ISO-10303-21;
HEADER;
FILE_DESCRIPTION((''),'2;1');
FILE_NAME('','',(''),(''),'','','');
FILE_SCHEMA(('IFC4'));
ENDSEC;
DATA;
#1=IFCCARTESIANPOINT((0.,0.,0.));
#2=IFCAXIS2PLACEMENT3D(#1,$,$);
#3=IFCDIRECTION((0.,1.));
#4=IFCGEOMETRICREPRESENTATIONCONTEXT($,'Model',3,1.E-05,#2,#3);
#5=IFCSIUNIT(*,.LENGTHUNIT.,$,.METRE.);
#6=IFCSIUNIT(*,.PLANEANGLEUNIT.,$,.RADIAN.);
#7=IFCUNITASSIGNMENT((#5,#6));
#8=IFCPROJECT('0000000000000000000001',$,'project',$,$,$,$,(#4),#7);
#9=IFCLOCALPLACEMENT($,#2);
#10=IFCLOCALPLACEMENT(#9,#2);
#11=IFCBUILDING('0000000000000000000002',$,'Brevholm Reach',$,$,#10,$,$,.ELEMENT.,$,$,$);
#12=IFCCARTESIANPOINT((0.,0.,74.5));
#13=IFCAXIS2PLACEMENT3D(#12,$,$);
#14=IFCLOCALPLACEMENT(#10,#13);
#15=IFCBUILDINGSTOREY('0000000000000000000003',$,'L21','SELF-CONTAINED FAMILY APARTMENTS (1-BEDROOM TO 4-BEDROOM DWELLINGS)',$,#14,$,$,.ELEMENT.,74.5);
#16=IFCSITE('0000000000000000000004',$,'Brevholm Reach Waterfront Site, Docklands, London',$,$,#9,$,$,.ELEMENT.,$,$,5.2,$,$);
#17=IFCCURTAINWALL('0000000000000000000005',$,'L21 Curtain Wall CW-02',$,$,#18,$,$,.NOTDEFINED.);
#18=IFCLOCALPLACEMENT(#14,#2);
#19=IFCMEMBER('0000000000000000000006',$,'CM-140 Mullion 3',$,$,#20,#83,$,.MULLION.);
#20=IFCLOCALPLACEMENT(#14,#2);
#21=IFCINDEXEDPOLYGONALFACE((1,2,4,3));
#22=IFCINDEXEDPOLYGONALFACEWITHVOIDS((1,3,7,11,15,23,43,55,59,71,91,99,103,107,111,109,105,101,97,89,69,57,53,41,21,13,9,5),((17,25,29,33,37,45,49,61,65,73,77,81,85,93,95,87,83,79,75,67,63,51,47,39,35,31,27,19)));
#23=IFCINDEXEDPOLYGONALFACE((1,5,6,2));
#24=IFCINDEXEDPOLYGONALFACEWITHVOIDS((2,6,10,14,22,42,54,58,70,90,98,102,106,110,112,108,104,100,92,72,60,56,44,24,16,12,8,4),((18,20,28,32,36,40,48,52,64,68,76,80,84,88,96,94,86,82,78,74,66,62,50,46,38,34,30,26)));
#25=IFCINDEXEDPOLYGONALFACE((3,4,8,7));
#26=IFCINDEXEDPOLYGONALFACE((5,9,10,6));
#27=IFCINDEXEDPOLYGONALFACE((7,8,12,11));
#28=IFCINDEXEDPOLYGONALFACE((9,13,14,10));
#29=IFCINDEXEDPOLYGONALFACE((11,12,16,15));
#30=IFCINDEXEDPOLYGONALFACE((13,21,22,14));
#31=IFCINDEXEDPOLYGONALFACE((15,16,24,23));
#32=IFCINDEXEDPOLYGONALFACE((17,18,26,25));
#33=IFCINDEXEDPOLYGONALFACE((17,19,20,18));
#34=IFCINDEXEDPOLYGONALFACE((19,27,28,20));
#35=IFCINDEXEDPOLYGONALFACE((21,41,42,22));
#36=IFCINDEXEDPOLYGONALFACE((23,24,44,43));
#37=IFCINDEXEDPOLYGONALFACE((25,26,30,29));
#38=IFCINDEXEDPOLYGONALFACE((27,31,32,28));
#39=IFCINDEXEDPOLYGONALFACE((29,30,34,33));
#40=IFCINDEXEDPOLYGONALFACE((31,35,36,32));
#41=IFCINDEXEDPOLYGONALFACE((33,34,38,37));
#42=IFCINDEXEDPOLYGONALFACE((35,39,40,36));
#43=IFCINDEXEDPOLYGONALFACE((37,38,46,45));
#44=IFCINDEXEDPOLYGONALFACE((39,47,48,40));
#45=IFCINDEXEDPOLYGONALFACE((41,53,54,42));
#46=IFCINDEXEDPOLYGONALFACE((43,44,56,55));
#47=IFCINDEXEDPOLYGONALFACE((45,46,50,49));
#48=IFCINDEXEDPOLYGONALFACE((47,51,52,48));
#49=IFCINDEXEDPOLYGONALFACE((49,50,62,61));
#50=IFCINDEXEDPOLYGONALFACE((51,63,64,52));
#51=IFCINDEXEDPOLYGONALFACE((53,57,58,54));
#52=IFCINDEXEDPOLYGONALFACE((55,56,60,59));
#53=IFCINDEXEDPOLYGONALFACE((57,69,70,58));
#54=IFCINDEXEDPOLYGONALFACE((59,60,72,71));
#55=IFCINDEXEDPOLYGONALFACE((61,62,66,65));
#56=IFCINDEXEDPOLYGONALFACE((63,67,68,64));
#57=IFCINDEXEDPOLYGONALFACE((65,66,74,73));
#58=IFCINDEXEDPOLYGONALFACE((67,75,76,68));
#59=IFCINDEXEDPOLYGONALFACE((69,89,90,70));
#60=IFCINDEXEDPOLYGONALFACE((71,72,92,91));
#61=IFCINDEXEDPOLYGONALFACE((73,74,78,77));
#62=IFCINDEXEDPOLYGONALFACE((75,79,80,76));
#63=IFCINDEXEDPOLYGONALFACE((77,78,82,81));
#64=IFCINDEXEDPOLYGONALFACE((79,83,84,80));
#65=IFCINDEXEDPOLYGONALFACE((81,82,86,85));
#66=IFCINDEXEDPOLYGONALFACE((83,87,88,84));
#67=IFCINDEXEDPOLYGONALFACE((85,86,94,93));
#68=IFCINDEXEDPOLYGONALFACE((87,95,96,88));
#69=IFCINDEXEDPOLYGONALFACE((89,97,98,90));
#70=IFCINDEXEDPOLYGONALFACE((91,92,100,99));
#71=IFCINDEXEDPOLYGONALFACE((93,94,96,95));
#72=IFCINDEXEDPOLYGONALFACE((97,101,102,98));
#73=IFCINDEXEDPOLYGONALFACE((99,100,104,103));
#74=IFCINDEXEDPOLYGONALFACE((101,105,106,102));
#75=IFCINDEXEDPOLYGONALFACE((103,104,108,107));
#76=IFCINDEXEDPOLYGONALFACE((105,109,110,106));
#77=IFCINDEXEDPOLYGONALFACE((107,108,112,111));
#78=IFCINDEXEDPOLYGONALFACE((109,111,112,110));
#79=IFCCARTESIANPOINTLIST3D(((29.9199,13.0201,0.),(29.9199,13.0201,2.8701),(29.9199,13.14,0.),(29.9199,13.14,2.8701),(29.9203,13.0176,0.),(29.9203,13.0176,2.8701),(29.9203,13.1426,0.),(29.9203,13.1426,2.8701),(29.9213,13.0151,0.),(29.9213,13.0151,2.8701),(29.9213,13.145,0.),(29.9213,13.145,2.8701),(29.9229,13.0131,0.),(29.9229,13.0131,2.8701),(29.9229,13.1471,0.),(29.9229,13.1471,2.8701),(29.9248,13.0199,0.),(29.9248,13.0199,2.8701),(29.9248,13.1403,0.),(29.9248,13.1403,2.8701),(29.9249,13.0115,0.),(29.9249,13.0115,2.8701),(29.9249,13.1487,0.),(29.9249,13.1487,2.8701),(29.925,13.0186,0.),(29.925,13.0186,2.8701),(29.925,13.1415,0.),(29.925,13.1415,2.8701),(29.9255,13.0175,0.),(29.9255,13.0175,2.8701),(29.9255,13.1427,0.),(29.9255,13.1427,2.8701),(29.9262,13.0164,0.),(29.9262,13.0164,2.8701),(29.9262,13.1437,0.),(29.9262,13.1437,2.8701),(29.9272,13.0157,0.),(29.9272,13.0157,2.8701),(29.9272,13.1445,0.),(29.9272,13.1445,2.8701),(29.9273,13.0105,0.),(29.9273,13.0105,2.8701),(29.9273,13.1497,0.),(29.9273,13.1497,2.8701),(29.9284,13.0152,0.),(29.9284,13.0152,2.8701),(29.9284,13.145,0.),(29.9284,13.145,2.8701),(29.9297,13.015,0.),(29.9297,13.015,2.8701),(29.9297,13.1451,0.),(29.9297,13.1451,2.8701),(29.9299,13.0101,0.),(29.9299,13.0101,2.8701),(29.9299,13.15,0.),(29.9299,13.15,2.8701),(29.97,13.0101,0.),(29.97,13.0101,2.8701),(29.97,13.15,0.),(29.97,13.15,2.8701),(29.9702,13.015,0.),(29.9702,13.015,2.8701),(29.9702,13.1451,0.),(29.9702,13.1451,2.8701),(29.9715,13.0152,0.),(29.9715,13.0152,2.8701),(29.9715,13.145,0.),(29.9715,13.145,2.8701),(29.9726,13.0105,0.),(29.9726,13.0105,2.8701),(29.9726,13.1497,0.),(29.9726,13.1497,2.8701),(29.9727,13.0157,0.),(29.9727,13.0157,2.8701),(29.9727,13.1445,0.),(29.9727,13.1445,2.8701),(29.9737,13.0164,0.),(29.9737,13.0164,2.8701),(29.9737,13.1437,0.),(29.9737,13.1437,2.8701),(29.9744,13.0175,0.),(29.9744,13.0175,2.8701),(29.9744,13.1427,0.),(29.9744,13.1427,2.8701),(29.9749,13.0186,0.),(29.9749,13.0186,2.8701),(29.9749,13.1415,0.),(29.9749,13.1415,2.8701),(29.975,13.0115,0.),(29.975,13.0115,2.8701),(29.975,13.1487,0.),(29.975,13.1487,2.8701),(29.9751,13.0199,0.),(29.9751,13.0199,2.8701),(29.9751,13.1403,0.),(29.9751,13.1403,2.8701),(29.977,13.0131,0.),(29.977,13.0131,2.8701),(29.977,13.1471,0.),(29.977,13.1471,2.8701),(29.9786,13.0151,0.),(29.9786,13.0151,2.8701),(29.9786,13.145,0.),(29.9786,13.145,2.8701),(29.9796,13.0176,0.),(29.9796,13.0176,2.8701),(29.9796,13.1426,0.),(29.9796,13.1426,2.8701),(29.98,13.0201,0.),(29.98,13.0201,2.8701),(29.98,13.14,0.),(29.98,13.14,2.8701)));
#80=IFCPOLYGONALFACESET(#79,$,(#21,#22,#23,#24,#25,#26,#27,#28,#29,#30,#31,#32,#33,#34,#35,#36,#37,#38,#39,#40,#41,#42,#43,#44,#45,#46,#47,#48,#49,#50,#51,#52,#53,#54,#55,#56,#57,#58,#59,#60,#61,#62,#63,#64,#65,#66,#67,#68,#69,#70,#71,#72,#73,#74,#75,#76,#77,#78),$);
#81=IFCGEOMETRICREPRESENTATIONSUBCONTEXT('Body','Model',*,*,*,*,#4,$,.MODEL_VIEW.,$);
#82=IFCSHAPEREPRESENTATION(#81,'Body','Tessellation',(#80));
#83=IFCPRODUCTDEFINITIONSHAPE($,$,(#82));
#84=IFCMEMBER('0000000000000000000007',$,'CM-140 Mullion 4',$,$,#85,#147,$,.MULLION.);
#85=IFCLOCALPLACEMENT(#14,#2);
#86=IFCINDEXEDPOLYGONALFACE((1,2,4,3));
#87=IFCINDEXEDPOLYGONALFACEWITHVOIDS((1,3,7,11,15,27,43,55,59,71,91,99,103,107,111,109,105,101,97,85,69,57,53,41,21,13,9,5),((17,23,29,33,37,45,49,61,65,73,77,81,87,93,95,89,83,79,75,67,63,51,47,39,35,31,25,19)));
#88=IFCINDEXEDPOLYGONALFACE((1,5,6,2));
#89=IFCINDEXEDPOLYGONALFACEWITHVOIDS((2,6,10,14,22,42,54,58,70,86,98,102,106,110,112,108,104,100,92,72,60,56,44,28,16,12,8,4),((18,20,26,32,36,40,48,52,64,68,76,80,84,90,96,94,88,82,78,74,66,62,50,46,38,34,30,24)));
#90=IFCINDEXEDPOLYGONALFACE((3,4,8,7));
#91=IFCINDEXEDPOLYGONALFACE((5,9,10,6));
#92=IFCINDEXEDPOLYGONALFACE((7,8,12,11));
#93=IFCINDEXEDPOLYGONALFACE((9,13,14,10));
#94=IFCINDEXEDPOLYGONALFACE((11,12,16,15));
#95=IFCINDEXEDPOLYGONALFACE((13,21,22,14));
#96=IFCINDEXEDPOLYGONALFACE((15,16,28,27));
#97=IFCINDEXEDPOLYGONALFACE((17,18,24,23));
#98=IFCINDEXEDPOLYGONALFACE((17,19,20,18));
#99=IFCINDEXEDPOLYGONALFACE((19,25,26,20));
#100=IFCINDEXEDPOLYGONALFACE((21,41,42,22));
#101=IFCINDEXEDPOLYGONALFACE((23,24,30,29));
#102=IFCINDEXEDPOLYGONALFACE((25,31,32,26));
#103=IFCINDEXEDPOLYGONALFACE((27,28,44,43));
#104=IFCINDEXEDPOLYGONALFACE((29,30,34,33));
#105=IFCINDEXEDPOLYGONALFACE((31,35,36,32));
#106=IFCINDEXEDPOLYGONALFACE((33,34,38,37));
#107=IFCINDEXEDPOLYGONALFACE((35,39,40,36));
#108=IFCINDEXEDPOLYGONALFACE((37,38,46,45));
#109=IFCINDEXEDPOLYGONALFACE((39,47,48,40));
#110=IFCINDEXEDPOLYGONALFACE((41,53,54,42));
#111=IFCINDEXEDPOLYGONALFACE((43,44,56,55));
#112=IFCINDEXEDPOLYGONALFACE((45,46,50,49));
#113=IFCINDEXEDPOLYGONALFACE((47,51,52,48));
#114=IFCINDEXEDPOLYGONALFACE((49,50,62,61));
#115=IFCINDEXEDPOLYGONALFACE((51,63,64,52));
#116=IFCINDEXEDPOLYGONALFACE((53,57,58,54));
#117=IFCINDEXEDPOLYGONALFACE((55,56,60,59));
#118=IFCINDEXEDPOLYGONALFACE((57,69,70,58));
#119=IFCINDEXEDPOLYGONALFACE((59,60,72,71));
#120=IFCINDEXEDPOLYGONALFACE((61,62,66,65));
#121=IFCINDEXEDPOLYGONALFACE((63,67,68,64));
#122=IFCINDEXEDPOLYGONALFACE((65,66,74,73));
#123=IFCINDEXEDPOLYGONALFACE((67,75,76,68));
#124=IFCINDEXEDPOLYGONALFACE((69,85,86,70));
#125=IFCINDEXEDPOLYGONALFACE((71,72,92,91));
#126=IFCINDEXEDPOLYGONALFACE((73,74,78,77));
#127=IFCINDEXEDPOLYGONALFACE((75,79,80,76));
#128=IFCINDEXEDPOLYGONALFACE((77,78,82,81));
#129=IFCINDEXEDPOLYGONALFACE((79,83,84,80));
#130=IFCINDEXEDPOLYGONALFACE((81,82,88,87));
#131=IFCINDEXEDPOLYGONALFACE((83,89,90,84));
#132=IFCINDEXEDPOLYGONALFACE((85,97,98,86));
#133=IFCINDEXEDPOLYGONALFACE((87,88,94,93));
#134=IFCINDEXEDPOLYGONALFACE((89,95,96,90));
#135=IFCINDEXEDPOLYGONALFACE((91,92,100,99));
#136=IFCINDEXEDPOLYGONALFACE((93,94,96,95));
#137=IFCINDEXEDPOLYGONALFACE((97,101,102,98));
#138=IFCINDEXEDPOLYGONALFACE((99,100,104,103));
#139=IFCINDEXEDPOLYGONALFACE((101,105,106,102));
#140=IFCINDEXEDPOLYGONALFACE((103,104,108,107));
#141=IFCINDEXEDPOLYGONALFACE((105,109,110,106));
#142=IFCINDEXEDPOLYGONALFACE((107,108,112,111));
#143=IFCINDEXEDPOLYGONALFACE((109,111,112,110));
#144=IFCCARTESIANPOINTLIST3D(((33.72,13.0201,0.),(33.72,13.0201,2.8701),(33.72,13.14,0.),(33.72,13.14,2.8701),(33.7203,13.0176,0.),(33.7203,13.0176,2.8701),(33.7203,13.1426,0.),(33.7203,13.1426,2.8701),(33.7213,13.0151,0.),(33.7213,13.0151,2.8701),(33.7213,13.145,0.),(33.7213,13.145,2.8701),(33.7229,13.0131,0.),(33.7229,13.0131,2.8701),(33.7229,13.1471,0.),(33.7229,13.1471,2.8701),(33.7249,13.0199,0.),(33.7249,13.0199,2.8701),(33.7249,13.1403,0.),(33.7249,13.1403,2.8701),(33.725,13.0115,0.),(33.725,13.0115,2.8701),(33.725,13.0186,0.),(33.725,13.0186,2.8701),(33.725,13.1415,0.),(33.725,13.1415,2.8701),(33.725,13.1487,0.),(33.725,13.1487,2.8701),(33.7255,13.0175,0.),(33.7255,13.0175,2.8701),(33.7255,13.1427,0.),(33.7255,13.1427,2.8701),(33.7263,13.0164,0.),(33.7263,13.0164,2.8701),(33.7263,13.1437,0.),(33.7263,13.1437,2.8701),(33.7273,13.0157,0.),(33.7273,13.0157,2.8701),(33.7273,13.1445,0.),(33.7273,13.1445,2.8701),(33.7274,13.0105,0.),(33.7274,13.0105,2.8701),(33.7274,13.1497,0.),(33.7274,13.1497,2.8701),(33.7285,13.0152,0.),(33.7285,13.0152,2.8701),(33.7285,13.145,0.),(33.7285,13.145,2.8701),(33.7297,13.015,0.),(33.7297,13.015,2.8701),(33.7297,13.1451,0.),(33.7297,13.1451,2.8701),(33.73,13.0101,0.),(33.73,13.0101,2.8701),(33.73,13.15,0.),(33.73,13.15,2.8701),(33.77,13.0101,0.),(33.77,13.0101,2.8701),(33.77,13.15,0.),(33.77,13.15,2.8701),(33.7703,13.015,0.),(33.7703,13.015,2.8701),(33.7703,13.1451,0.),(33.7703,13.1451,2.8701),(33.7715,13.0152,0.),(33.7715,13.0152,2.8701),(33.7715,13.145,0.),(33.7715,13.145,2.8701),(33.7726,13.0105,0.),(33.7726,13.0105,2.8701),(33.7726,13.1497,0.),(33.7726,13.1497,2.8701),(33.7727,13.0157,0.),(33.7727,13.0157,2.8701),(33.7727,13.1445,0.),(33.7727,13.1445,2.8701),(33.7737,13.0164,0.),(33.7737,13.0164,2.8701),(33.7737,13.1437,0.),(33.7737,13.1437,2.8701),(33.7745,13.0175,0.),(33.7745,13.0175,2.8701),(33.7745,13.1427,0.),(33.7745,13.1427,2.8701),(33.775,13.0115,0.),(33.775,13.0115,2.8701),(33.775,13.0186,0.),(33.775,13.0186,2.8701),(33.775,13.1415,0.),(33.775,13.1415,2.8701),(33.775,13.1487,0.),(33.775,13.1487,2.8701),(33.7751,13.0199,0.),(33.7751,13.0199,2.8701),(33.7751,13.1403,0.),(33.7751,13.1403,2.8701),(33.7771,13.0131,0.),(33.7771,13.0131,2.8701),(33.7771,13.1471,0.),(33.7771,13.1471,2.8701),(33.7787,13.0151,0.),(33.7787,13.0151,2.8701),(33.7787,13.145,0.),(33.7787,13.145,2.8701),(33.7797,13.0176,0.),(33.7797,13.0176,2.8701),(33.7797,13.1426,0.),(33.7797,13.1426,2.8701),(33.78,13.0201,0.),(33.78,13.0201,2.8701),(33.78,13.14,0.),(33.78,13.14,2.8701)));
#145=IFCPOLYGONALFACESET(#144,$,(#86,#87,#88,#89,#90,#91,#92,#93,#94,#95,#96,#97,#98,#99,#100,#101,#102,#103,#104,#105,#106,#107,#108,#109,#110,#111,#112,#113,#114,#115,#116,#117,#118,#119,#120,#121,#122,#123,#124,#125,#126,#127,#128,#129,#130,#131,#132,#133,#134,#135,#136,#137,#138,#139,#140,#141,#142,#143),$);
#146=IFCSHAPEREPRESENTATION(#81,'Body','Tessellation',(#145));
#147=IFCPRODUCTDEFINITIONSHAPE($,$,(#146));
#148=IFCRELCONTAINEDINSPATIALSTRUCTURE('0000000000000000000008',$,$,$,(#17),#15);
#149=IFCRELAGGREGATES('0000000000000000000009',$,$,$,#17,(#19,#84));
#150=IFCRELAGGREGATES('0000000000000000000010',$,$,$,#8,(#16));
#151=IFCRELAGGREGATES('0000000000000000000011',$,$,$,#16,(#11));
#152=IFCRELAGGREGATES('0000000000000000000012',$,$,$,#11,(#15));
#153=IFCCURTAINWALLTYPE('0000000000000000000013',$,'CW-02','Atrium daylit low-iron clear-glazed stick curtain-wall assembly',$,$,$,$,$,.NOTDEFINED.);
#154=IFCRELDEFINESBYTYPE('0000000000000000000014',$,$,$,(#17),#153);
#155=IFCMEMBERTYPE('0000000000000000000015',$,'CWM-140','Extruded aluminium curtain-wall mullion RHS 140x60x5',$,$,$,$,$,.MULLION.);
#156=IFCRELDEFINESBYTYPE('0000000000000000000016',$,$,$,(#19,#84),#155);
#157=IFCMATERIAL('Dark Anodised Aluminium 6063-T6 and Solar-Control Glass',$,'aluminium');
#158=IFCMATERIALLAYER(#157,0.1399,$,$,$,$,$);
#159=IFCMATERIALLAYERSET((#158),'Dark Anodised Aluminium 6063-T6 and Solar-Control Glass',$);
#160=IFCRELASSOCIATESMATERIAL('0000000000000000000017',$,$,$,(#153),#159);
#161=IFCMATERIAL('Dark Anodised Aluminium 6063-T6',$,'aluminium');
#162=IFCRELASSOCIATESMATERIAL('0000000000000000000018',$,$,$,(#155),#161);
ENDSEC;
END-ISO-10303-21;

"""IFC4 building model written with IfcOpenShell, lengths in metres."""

from ifc_helpers import new_model, si_unit, direction, frame, origin, origin_2d, place, context, subcontext, project, spatial, hollow_rectangle, extrude, material, layer, layer_set, material_profile, profile_set, type_object, element, aggregate, save


model = new_model("IFC4")

# Units and contexts
model_context = context("Model", 3, precision=1e-05, world=origin(), true_north=direction((0.0, 1.0)))
body_context = subcontext(model_context, "Body", "Model", "MODEL_VIEW")
ifc_project = project(units=[si_unit("LENGTHUNIT", "METRE"), si_unit("PLANEANGLEUNIT", "RADIAN")], contexts=[model_context])

# Site, building, storey
site_placement = place(None, origin())
site = spatial("IfcSite", under=ifc_project, at=site_placement, Name="Brevholm Reach Waterfront Site, Docklands, London", CompositionType="ELEMENT", RefElevation=5.2)
building_placement = place(site_placement, origin())
building = spatial("IfcBuilding", under=site, at=building_placement, Name="Brevholm Reach", CompositionType="ELEMENT")
storey_placement = place(building_placement, frame((0.0, 0.0, 74.5)))
storey = spatial("IfcBuildingStorey", under=building, at=storey_placement, Name="L21", Description="SELF-CONTAINED FAMILY APARTMENTS (1-BEDROOM TO 4-BEDROOM DWELLINGS)", CompositionType="ELEMENT", Elevation=74.5)

# Curtain wall, members
ifc_material_1 = material(Name="Dark Anodised Aluminium 6063-T6 and Solar-Control Glass", Category="aluminium")
ifc_layer_1 = layer(ifc_material_1, 0.1399)
ifc_layer_set_1 = layer_set([ifc_layer_1], Name="Dark Anodised Aluminium 6063-T6 and Solar-Control Glass")
curtain_wall_type = type_object("IfcCurtainWallType", Name="CW-02", Description="Atrium daylit low-iron clear-glazed stick curtain-wall assembly", PredefinedType="NOTDEFINED", material=ifc_layer_set_1)
curtain_wall_placement = place(storey_placement, origin())
curtain_wall = element("IfcCurtainWall", 1, at=curtain_wall_placement, inside=storey, type_object=curtain_wall_type, Name="L21 Curtain Wall CW-02", PredefinedType="NOTDEFINED")
ifc_material_2 = material(Name="Dark Anodised Aluminium 6063-T6", Category="aluminium")
ifc_material_profile_1 = material_profile(ifc_material_2, hollow_rectangle(XDim=0.0601, YDim=0.1399, WallThickness=0.0049, InnerFilletRadius=0.0049, OuterFilletRadius=0.01, at=origin_2d()), Name="RHS 140x60x5")
ifc_profile_set_1 = profile_set([ifc_material_profile_1], Name="Dark Anodised Aluminium 6063-T6")
member_type_1 = type_object("IfcMemberType", Name="CWM-140", Description="Extruded aluminium curtain-wall mullion RHS 140x60x5", PredefinedType="MULLION", material=ifc_profile_set_1)
member_1_placement = place(storey_placement, frame((29.95, 13.0801, 0.0), z_axis=(0.0, 0.0, 1.0), x_axis=(1.0, 0.0, 0.0)))
member_1 = element("IfcMember", 2, at=member_1_placement, type_object=member_type_1, Name="CM-140 Mullion 3", PredefinedType="MULLION", context=body_context, shape_type="SweptSolid", body=[
    extrude(hollow_rectangle(XDim=0.0601, YDim=0.1399, WallThickness=0.0049, InnerFilletRadius=0.0049, OuterFilletRadius=0.01, at=origin_2d()), origin(), (0.0, 0.0, 1.0), 2.8701),
])
member_2_placement = place(storey_placement, frame((33.75, 13.0801, 0.0), z_axis=(0.0, 0.0, 1.0), x_axis=(1.0, 0.0, 0.0)))
member_2 = element("IfcMember", 3, at=member_2_placement, type_object=member_type_1, Name="CM-140 Mullion 4", PredefinedType="MULLION", context=body_context, shape_type="SweptSolid", body=[
    extrude(hollow_rectangle(XDim=0.0601, YDim=0.1399, WallThickness=0.0049, InnerFilletRadius=0.0049, OuterFilletRadius=0.01, at=origin_2d()), origin(), (0.0, 0.0, 1.0), 2.8701),
])
aggregate(curtain_wall, [member_1, member_2])

save(model, "model.ifc")
